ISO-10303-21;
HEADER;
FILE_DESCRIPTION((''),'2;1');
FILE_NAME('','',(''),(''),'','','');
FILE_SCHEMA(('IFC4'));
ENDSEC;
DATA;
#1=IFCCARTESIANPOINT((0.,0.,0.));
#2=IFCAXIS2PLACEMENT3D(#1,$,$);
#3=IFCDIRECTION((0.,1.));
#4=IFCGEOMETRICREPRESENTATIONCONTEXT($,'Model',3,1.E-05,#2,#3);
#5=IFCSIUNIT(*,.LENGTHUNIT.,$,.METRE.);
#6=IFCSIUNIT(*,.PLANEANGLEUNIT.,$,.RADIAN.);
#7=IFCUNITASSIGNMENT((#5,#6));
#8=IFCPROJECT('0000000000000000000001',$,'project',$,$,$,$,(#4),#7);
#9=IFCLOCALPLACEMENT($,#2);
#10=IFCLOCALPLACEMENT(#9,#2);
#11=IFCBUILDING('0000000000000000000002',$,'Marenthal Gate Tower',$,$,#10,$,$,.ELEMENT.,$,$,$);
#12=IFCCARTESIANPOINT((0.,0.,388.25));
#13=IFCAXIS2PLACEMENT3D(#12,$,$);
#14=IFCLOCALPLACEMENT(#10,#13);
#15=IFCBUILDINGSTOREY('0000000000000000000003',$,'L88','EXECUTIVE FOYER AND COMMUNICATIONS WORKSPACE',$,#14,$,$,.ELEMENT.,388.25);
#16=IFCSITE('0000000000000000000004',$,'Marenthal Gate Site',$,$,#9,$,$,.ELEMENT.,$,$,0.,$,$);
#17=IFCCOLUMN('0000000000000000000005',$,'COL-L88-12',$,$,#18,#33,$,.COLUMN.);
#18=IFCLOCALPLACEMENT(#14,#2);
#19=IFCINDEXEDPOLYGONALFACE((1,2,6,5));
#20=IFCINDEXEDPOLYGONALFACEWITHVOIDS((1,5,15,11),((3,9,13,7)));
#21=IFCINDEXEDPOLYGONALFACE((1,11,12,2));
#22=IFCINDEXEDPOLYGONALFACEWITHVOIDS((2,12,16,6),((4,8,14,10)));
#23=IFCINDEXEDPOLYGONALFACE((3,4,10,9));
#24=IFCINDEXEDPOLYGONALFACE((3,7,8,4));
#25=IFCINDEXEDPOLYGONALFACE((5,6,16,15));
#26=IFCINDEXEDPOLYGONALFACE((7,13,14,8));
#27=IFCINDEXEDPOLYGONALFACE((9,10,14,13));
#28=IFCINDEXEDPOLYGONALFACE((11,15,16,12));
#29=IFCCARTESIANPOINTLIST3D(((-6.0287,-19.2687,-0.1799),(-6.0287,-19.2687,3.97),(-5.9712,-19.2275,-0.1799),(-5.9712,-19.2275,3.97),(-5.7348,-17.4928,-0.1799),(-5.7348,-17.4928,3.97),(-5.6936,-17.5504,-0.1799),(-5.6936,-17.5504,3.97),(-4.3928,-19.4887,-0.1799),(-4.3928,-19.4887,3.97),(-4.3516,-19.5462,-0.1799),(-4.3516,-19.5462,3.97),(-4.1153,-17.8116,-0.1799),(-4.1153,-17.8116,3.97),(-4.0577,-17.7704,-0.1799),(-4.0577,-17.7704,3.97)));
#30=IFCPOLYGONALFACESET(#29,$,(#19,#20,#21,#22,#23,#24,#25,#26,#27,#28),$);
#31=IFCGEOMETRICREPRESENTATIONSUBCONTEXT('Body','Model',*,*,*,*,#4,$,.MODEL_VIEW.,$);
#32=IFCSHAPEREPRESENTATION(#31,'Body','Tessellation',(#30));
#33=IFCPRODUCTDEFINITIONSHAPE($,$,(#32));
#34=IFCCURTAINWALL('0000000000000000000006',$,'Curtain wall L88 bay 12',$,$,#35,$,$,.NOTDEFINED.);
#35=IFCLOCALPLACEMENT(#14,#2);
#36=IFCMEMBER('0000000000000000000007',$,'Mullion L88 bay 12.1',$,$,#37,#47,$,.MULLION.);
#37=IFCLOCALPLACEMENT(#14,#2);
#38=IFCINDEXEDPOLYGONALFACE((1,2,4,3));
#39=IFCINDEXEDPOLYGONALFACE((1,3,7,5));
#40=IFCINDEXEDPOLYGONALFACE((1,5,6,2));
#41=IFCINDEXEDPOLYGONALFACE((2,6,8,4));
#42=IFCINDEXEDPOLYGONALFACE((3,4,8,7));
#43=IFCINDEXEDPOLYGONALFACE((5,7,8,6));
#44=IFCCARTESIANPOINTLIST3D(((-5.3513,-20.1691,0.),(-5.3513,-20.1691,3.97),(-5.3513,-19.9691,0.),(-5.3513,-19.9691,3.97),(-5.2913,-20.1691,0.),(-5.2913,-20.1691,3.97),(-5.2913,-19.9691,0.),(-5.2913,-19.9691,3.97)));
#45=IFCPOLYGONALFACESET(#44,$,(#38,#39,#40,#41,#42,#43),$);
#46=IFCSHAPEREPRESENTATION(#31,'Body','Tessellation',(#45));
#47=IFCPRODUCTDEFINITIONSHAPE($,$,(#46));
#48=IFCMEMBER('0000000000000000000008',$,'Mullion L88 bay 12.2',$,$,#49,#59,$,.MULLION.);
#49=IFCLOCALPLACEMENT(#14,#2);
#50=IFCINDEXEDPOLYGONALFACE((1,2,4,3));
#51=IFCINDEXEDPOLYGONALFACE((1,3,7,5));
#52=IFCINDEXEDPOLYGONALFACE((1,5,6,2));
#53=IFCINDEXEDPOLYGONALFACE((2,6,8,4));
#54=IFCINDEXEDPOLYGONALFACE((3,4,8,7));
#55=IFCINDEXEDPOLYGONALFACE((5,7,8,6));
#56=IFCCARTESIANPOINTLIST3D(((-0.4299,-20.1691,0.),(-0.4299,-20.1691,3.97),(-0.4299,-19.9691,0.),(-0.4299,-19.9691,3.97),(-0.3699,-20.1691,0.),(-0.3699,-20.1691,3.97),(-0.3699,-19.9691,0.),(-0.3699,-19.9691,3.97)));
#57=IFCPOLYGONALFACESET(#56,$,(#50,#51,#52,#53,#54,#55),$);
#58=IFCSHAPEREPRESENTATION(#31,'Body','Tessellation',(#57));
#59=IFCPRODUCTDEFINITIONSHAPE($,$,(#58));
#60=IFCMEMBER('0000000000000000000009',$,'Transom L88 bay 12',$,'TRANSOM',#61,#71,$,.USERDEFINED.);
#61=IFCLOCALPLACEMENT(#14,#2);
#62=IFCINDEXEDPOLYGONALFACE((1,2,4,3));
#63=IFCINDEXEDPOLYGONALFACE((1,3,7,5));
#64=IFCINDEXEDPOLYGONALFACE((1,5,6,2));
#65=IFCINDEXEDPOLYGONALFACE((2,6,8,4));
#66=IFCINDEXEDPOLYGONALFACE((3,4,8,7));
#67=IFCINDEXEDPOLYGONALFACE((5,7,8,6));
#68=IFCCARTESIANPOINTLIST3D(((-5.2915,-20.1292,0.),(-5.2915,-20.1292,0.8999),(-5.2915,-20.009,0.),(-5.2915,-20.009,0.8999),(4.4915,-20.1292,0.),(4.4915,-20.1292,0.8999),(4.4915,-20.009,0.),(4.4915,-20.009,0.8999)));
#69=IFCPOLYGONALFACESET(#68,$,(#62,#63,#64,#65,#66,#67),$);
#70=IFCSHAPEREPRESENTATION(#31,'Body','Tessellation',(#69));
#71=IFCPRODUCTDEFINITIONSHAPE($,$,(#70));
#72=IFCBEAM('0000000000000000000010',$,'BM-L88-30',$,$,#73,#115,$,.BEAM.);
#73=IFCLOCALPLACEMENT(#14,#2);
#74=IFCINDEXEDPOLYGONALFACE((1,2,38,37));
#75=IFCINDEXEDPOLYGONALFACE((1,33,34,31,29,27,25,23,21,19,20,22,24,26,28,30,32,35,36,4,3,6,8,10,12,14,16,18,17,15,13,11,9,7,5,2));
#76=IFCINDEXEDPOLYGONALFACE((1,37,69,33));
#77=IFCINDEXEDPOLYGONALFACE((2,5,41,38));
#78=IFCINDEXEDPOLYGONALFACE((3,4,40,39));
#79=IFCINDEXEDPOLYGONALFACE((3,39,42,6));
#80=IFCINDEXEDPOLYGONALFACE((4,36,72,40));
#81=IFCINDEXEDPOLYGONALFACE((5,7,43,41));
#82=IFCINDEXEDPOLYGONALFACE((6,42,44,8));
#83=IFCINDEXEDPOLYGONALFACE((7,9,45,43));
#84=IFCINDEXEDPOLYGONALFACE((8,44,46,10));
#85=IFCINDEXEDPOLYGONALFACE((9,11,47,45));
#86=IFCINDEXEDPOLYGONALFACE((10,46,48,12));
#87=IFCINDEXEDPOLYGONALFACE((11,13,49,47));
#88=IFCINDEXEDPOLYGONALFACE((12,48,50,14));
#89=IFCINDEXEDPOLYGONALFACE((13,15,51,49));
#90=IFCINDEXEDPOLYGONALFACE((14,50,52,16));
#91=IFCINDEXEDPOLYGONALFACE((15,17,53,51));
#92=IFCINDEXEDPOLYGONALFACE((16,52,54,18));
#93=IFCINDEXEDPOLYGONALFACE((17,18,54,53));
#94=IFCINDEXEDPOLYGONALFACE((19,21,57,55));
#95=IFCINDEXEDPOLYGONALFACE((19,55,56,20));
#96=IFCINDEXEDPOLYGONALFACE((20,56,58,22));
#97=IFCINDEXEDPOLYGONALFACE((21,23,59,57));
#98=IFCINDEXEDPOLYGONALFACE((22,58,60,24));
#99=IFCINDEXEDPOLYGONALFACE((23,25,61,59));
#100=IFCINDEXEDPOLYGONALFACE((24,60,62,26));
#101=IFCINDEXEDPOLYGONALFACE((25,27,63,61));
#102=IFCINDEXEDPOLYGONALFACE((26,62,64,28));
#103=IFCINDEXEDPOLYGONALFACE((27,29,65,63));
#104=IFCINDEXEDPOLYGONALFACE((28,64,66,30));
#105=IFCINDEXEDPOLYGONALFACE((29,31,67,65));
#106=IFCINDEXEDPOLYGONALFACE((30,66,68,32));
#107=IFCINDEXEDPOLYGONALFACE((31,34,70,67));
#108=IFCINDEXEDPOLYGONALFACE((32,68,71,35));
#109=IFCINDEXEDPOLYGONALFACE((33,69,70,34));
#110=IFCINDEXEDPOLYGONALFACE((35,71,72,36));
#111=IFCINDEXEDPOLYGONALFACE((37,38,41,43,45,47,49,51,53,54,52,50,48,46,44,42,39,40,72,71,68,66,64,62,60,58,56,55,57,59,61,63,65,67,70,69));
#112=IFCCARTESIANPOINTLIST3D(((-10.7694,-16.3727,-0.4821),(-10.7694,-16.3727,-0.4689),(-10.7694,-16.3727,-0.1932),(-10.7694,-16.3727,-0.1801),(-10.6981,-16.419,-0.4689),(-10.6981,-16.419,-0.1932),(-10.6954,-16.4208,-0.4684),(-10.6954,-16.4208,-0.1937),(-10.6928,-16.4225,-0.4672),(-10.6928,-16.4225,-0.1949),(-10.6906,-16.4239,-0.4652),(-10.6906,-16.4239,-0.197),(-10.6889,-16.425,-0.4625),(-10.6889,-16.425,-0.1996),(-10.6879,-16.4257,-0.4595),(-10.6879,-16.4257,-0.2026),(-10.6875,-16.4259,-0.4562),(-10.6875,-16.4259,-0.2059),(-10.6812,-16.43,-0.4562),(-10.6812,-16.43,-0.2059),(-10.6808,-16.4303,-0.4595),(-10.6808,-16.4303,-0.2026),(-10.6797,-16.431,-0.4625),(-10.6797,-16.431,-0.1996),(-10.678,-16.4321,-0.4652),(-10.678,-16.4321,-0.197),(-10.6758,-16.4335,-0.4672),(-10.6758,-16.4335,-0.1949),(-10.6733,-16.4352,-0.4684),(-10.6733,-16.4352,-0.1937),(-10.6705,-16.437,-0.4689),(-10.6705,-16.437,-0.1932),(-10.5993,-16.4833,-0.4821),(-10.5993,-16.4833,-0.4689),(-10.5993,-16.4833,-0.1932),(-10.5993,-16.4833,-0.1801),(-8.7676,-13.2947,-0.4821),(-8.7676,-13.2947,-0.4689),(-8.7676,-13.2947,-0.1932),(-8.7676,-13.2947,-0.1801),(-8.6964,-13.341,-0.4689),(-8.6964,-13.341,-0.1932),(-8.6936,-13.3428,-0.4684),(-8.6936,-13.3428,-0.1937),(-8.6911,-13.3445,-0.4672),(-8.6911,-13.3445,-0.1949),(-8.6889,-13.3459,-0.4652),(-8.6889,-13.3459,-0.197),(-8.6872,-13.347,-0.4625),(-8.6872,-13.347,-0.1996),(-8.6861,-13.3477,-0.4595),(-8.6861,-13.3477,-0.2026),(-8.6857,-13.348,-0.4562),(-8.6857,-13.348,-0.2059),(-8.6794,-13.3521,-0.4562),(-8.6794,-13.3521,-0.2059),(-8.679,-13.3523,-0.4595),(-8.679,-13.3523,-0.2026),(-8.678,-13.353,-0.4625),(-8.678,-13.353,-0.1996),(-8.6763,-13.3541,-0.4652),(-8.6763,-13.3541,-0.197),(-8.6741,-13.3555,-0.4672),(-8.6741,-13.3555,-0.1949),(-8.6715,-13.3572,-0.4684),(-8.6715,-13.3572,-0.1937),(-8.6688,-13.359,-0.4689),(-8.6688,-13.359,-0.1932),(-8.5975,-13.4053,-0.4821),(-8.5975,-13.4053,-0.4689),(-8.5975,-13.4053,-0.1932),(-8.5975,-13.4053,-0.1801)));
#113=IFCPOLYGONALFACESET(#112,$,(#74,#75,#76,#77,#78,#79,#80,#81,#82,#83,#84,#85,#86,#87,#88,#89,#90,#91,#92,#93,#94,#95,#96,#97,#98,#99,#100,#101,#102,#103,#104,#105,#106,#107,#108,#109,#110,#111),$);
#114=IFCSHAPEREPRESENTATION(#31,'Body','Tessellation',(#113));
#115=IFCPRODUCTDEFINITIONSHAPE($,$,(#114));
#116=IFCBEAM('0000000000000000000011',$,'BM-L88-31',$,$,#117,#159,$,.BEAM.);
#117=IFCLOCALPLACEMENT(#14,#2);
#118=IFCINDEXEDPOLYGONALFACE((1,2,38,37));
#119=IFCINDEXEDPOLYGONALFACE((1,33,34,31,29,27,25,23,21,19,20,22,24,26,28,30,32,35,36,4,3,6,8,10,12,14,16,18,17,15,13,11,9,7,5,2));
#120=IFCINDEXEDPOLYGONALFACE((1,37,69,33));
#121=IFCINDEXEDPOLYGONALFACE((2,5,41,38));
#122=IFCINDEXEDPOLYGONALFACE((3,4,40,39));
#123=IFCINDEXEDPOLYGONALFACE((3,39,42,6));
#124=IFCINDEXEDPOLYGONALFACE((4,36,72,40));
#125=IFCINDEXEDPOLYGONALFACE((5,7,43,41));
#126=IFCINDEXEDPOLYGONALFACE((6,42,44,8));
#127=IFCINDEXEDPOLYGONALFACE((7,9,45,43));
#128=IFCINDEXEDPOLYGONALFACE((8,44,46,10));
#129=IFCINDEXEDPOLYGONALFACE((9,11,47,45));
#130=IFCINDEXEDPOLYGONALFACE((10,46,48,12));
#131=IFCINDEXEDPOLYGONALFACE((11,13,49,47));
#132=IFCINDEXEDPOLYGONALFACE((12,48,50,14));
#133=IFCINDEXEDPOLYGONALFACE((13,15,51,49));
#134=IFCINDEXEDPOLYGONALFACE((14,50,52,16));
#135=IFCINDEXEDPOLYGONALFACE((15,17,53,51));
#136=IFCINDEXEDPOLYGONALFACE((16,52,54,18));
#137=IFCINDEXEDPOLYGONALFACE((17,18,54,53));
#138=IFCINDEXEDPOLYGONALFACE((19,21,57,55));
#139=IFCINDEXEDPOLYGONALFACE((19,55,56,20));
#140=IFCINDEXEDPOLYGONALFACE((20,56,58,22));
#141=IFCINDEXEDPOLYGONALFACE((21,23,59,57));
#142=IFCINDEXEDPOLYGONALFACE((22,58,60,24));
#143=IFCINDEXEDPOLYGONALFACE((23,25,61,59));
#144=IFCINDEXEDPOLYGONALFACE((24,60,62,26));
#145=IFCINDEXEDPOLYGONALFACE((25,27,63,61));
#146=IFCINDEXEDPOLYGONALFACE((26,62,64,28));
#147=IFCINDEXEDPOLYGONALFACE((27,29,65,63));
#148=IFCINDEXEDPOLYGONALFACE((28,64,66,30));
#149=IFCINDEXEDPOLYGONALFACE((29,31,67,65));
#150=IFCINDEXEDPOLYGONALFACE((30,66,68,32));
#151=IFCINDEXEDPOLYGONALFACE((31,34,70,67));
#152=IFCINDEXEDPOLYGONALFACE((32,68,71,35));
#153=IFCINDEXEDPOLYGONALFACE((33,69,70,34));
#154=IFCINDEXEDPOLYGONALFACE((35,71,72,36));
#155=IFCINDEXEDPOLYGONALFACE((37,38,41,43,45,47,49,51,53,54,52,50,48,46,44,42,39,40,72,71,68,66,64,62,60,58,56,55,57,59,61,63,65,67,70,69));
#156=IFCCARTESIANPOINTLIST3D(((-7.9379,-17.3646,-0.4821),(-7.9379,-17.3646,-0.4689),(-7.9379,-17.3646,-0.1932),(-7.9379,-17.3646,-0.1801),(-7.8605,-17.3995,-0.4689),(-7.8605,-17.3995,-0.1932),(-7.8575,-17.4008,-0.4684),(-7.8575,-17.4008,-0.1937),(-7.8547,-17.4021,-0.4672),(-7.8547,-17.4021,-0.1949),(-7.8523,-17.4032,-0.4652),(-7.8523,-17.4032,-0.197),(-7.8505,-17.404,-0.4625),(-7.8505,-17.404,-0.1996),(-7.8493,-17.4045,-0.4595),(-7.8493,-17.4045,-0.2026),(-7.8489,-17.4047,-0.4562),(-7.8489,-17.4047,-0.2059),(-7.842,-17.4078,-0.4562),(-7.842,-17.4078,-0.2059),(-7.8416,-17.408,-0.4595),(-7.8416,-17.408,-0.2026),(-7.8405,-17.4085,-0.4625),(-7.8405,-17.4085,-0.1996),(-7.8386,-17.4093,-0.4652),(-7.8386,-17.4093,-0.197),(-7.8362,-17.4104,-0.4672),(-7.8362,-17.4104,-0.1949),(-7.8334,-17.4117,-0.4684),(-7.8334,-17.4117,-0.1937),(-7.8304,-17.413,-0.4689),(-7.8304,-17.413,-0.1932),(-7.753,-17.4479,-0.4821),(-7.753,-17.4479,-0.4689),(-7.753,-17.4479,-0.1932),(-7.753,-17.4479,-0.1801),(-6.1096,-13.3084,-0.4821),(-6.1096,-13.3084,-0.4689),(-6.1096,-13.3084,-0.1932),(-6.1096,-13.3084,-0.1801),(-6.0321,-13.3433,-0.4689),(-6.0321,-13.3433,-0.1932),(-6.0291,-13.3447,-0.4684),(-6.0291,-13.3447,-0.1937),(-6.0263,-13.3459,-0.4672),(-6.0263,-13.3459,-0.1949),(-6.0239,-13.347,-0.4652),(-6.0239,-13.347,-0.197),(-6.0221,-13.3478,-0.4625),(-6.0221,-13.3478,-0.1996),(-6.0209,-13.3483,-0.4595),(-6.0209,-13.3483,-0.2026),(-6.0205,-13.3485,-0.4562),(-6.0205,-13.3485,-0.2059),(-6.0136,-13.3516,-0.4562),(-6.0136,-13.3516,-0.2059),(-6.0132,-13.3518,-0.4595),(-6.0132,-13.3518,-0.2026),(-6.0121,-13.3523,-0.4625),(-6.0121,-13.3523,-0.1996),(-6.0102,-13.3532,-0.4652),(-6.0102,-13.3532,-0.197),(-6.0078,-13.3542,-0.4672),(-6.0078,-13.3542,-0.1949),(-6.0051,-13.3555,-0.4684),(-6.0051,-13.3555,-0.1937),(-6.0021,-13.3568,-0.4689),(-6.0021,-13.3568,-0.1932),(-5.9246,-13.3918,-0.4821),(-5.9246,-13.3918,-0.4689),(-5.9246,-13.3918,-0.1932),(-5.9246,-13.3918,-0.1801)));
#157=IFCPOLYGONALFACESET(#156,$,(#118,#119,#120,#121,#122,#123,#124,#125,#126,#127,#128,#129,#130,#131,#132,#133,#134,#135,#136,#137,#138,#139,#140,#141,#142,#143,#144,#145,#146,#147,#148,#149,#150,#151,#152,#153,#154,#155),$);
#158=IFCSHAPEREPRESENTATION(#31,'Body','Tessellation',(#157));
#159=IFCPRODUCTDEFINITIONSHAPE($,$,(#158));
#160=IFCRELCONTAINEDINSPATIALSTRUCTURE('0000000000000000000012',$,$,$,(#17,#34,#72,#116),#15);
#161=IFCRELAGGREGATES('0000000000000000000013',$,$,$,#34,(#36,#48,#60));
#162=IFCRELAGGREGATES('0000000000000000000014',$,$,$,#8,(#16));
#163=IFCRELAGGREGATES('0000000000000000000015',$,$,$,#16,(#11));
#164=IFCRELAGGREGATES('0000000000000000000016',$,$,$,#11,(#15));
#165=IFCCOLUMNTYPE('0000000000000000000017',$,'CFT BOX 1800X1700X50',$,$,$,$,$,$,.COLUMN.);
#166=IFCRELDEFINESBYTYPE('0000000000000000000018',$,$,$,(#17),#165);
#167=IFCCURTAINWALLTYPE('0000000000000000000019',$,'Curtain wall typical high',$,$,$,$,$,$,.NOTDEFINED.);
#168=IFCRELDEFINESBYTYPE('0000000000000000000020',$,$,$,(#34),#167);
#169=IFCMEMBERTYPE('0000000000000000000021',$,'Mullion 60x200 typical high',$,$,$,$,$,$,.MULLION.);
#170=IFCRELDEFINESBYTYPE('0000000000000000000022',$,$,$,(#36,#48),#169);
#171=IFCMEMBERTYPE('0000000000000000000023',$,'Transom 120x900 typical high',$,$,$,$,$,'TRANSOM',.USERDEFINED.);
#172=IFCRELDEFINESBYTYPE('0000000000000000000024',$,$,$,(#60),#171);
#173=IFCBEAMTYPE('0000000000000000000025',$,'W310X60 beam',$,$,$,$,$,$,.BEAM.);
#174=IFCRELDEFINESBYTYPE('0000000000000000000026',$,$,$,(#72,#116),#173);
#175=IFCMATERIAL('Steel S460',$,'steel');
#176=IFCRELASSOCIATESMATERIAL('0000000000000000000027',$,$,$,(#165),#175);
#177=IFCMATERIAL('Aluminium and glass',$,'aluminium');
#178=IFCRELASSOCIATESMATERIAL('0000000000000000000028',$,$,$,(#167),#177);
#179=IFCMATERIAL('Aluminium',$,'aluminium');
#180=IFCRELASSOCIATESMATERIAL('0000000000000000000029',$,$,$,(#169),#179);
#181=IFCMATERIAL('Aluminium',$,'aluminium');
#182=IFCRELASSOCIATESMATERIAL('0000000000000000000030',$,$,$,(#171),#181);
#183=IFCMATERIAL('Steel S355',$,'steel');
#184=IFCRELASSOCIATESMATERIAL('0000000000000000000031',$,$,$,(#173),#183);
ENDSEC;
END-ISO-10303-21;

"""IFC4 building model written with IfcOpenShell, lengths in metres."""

from ifc_helpers import new_model, si_unit, direction, frame, origin, origin_2d, place, context, subcontext, project, spatial, rectangle, hollow_rectangle, i_section, extrude, material, material_profile, profile_set, type_object, element, aggregate, save


model = new_model("IFC4")

# Units and contexts
model_context = context("Model", 3, precision=1e-05, world=origin(), true_north=direction((0.0, 1.0)))
body_context = subcontext(model_context, "Body", "Model", "MODEL_VIEW")
ifc_project = project(units=[si_unit("LENGTHUNIT", "METRE"), si_unit("PLANEANGLEUNIT", "RADIAN")], contexts=[model_context])

# Site, building, storey
site_placement = place(None, origin())
site = spatial("IfcSite", under=ifc_project, at=site_placement, Name="Marenthal Gate Site", CompositionType="ELEMENT", RefElevation=0.0)
building_placement = place(site_placement, origin())
building = spatial("IfcBuilding", under=site, at=building_placement, Name="Marenthal Gate Tower", CompositionType="ELEMENT")
storey_placement = place(building_placement, frame((0.0, 0.0, 388.25)))
storey = spatial("IfcBuildingStorey", under=building, at=storey_placement, Name="L88", Description="EXECUTIVE FOYER AND COMMUNICATIONS WORKSPACE", CompositionType="ELEMENT", Elevation=388.25)

# Column
ifc_material_1 = material(Name="Steel S460", Category="steel")
ifc_material_profile_1 = material_profile(ifc_material_1, hollow_rectangle(XDim=1.7, YDim=1.8, WallThickness=0.05, at=origin_2d()), Name="CFT BOX 1800X1700X50")
ifc_material_2 = material(Name="Concrete 70 MPa", Category="concrete")
ifc_material_profile_2 = material_profile(ifc_material_2, rectangle(XDim=1.6001, YDim=1.7, at=origin_2d()), Name="CFT BOX 1800X1700X50 INFILL")
ifc_profile_set_1 = profile_set([ifc_material_profile_1, ifc_material_profile_2], Name="Steel S460 shell, Concrete 70 MPa infill")
column_type = type_object("IfcColumnType", Name="CFT BOX 1800X1700X50", PredefinedType="COLUMN", material=ifc_profile_set_1)
column_placement = place(storey_placement, frame((-5.0432, -18.5195, -0.1799), z_axis=(0.0, 0.0, 1.0), x_axis=(-0.986583, 0.163262, 0.0)))
element("IfcColumn", 1, at=column_placement, inside=storey, type_object=column_type, Name="COL-L88-12", PredefinedType="COLUMN", context=body_context, shape_type="SweptSolid", body=[
    extrude(hollow_rectangle(XDim=1.7, YDim=1.8, WallThickness=0.05, at=origin_2d()), origin(), (0.0, 0.0, 1.0), 4.1499),
])

# Curtain wall, members
ifc_material_3 = material(Name="Aluminium and glass", Category="aluminium")
curtain_wall_type = type_object("IfcCurtainWallType", Name="Curtain wall typical high", PredefinedType="NOTDEFINED", material=ifc_material_3)
curtain_wall_placement = place(storey_placement, origin())
curtain_wall = element("IfcCurtainWall", 2, at=curtain_wall_placement, inside=storey, type_object=curtain_wall_type, Name="Curtain wall L88 bay 12", PredefinedType="NOTDEFINED")
ifc_material_4 = material(Name="Aluminium", Category="aluminium")
ifc_material_profile_3 = material_profile(ifc_material_4, rectangle(XDim=0.2, YDim=0.0601, at=origin_2d()), Name="60x200 aluminium mullion")
ifc_profile_set_2 = profile_set([ifc_material_profile_3], Name="Aluminium")
member_type_1 = type_object("IfcMemberType", Name="Mullion 60x200 typical high", PredefinedType="MULLION", material=ifc_profile_set_2)
member_1_placement = place(storey_placement, frame((-5.3213, -20.0691, 0.0), z_axis=(0.0, 0.0, 1.0), x_axis=(0.0, 1.0, 0.0)))
member_1 = element("IfcMember", 3, at=member_1_placement, type_object=member_type_1, Name="Mullion L88 bay 12.1", PredefinedType="MULLION", context=body_context, shape_type="SweptSolid", body=[
    extrude(rectangle(XDim=0.2, YDim=0.0601, at=origin_2d()), origin(), (0.0, 0.0, 1.0), 3.97),
])
member_2_placement = place(storey_placement, frame((-0.3999, -20.0691, 0.0), z_axis=(0.0, 0.0, 1.0), x_axis=(0.0, 1.0, 0.0)))
member_2 = element("IfcMember", 4, at=member_2_placement, type_object=member_type_1, Name="Mullion L88 bay 12.2", PredefinedType="MULLION", context=body_context, shape_type="SweptSolid", body=[
    extrude(rectangle(XDim=0.2, YDim=0.0601, at=origin_2d()), origin(), (0.0, 0.0, 1.0), 3.97),
])
ifc_material_5 = material(Name="Aluminium", Category="aluminium")
ifc_material_profile_4 = material_profile(ifc_material_5, rectangle(XDim=0.1201, YDim=0.8999, at=origin_2d()), Name="120x900 aluminium transom")
ifc_profile_set_3 = profile_set([ifc_material_profile_4], Name="Aluminium")
member_type_2 = type_object("IfcMemberType", Name="Transom 120x900 typical high", ElementType="TRANSOM", PredefinedType="USERDEFINED", material=ifc_profile_set_3)
member_3_placement = place(storey_placement, frame((-5.2915, -20.0691, 0.45), z_axis=(1.0, 0.0, 0.0), x_axis=(0.0, 1.0, 0.0)))
member_3 = element("IfcMember", 5, at=member_3_placement, type_object=member_type_2, Name="Transom L88 bay 12", ObjectType="TRANSOM", PredefinedType="USERDEFINED", context=body_context, shape_type="SweptSolid", body=[
    extrude(rectangle(XDim=0.1201, YDim=0.8999, at=origin_2d()), origin(), (0.0, 0.0, 1.0), 9.783),
])

# Beams
ifc_material_6 = material(Name="Steel S355", Category="steel")
ifc_material_profile_5 = material_profile(ifc_material_6, i_section(OverallWidth=0.2029, OverallDepth=0.302, WebThickness=0.0076, FlangeThickness=0.0132, FilletRadius=0.0127, at=origin_2d()), Name="W310X60")
ifc_profile_set_4 = profile_set([ifc_material_profile_5], Name="Steel S355")
beam_type_1 = type_object("IfcBeamType", Name="W310X60 beam", PredefinedType="BEAM", material=ifc_profile_set_4)
beam_1_placement = place(storey_placement, frame((-10.6843, -16.428, -0.3311), z_axis=(0.545196, 0.838308, 0.0), x_axis=(-0.838308, 0.545196, 0.0)))
element("IfcBeam", 6, at=beam_1_placement, inside=storey, type_object=beam_type_1, Name="BM-L88-30", PredefinedType="BEAM", context=body_context, shape_type="SweptSolid", body=[
    extrude(i_section(OverallWidth=0.2029, OverallDepth=0.302, WebThickness=0.0076, FlangeThickness=0.0132, FilletRadius=0.0127, at=origin_2d()), origin(), (0.0, 0.0, 1.0), 3.6716),
])
beam_2_placement = place(storey_placement, frame((-7.8455, -17.4062, -0.3311), z_axis=(0.410944, 0.911661, 0.0), x_axis=(-0.911661, 0.410944, 0.0)))
element("IfcBeam", 7, at=beam_2_placement, inside=storey, type_object=beam_type_1, Name="BM-L88-31", PredefinedType="BEAM", context=body_context, shape_type="SweptSolid", body=[
    extrude(i_section(OverallWidth=0.2029, OverallDepth=0.302, WebThickness=0.0076, FlangeThickness=0.0132, FilletRadius=0.0127, at=origin_2d()), origin(), (0.0, 0.0, 1.0), 4.4492),
])

aggregate(curtain_wall, [member_1, member_2, member_3])

save(model, "model.ifc")
